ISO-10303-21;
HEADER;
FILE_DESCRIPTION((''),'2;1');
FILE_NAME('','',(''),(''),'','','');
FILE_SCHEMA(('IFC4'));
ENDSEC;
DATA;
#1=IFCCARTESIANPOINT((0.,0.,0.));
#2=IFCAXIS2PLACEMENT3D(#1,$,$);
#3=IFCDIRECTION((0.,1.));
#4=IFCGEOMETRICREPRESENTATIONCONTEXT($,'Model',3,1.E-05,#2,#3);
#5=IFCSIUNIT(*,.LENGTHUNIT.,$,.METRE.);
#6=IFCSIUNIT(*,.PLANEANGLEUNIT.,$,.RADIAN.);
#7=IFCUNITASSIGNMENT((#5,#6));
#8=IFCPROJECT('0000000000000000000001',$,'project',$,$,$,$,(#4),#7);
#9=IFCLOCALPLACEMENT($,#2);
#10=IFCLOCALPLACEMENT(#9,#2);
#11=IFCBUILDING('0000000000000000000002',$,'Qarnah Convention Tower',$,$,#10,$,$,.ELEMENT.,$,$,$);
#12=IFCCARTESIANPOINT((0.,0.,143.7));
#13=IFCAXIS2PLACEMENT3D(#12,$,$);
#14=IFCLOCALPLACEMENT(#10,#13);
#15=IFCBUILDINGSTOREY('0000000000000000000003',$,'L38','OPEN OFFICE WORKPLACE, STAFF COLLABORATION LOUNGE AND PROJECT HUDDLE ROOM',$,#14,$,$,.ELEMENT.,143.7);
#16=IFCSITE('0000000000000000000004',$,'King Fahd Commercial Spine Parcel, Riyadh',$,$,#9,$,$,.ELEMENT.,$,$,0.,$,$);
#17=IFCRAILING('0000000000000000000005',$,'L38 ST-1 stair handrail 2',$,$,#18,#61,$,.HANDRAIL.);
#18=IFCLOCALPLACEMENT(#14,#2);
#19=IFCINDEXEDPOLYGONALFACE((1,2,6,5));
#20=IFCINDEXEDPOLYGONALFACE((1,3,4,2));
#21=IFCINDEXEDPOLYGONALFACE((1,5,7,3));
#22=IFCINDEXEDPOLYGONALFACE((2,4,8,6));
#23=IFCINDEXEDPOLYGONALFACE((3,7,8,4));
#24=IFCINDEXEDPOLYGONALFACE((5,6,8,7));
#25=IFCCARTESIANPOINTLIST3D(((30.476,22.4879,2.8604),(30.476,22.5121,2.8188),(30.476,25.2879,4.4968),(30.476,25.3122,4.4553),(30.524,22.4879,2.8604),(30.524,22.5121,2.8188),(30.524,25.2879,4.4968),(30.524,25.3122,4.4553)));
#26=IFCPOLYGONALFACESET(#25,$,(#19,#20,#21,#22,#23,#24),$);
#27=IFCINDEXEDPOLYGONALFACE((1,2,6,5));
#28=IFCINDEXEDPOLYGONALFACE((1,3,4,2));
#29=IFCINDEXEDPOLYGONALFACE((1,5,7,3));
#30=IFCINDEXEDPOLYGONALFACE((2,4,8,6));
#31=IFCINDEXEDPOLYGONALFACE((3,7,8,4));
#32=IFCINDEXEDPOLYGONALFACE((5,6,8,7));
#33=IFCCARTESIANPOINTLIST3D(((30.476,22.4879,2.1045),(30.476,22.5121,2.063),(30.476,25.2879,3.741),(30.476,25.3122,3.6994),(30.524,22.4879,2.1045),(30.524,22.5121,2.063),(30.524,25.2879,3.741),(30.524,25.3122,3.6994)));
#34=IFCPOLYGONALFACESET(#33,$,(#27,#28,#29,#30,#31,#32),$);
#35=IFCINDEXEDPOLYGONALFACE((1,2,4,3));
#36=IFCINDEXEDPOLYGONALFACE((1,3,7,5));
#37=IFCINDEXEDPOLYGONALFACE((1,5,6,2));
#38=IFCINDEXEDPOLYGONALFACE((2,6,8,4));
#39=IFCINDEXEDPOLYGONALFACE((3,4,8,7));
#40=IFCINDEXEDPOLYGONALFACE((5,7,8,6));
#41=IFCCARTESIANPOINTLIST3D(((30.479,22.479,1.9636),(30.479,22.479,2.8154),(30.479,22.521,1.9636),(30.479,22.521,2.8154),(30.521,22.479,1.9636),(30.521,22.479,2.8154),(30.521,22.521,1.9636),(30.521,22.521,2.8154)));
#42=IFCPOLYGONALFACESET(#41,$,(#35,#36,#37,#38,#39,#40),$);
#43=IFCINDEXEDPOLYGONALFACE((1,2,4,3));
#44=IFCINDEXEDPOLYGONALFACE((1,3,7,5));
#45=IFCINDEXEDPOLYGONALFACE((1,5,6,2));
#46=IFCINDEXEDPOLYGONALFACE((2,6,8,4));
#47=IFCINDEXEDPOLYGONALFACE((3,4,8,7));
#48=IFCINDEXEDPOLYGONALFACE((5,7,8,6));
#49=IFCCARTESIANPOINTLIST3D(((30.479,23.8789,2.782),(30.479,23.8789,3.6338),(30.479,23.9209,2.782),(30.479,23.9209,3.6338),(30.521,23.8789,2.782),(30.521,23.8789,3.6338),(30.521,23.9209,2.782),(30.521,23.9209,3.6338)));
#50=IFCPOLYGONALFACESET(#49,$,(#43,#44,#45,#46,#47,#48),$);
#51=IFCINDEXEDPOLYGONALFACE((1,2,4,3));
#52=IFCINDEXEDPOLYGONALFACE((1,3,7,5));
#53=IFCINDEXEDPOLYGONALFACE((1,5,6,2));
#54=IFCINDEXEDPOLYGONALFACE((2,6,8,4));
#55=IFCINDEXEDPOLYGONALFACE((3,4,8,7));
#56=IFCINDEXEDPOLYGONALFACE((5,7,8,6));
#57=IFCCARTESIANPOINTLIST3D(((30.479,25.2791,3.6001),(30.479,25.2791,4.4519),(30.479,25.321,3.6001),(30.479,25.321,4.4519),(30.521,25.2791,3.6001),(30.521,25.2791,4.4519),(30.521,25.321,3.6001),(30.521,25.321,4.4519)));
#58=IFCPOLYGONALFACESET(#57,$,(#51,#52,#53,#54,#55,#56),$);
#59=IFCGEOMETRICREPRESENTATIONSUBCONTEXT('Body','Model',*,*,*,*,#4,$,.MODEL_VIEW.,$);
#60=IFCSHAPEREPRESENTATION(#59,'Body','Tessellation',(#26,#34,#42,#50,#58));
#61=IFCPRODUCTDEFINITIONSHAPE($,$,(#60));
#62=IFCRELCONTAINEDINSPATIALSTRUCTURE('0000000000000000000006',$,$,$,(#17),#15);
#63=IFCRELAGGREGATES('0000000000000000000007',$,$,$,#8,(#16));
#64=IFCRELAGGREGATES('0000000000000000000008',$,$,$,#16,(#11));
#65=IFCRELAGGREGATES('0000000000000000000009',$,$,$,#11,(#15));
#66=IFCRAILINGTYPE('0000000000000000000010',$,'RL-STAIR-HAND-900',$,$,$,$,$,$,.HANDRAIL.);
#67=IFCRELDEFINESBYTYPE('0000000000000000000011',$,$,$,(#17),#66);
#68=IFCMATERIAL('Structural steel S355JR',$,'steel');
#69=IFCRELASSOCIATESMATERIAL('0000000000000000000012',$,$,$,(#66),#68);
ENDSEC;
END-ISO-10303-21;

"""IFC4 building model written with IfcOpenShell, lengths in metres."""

from ifc_helpers import new_model, si_unit, direction, frame, origin, origin_2d, place, context, subcontext, project, spatial, rectangle, extrude, material, type_object, element, save


model = new_model("IFC4")

# Units and contexts
model_context = context("Model", 3, precision=1e-05, world=origin(), true_north=direction((0.0, 1.0)))
body_context = subcontext(model_context, "Body", "Model", "MODEL_VIEW")
ifc_project = project(units=[si_unit("LENGTHUNIT", "METRE"), si_unit("PLANEANGLEUNIT", "RADIAN")], contexts=[model_context])

# Site, building, storey
site_placement = place(None, origin())
site = spatial("IfcSite", under=ifc_project, at=site_placement, Name="King Fahd Commercial Spine Parcel, Riyadh", CompositionType="ELEMENT", RefElevation=0.0)
building_placement = place(site_placement, origin())
building = spatial("IfcBuilding", under=site, at=building_placement, Name="Qarnah Convention Tower", CompositionType="ELEMENT")
storey_placement = place(building_placement, frame((0.0, 0.0, 143.7)))
storey = spatial("IfcBuildingStorey", under=building, at=storey_placement, Name="L38", Description="OPEN OFFICE WORKPLACE, STAFF COLLABORATION LOUNGE AND PROJECT HUDDLE ROOM", CompositionType="ELEMENT", Elevation=143.7)

# Shared definitions
ifc_material_1 = material(Name="Structural steel S355JR", Category="steel")

# Railing
railing_type_1 = type_object("IfcRailingType", Name="RL-STAIR-HAND-900", PredefinedType="HANDRAIL", material=ifc_material_1)
railing_1_placement = place(storey_placement, frame((30.5, 22.5, 1.9636)))
element("IfcRailing", 1, at=railing_1_placement, inside=storey, type_object=railing_type_1, Name="L38 ST-1 stair handrail 2", PredefinedType="HANDRAIL", context=body_context, shape_type="SweptSolid", body=[
    extrude(rectangle(XDim=0.0481, YDim=0.0481, at=origin_2d()), frame((0.0, 0.0, 0.876), z_axis=(0.0, 0.863361, 0.504587), x_axis=(-1.0, 0.0, 0.0)), (0.0, 0.0, 1.0), 3.2432),
    extrude(rectangle(XDim=0.0481, YDim=0.0481, at=origin_2d()), frame((0.0, 0.0, 0.1201), z_axis=(0.0, 0.863361, 0.504587), x_axis=(-1.0, 0.0, 0.0)), (0.0, 0.0, 1.0), 3.2432),
    extrude(rectangle(XDim=0.042, YDim=0.042, at=origin_2d()), origin(), (0.0, 0.0, 1.0), 0.8518),
    extrude(rectangle(XDim=0.042, YDim=0.042, at=origin_2d()), frame((0.0, 1.3999, 0.8184)), (0.0, 0.0, 1.0), 0.8518),
    extrude(rectangle(XDim=0.042, YDim=0.042, at=origin_2d()), frame((0.0, 2.8, 1.6365)), (0.0, 0.0, 1.0), 0.8518),
])

save(model, "model.ifc")
